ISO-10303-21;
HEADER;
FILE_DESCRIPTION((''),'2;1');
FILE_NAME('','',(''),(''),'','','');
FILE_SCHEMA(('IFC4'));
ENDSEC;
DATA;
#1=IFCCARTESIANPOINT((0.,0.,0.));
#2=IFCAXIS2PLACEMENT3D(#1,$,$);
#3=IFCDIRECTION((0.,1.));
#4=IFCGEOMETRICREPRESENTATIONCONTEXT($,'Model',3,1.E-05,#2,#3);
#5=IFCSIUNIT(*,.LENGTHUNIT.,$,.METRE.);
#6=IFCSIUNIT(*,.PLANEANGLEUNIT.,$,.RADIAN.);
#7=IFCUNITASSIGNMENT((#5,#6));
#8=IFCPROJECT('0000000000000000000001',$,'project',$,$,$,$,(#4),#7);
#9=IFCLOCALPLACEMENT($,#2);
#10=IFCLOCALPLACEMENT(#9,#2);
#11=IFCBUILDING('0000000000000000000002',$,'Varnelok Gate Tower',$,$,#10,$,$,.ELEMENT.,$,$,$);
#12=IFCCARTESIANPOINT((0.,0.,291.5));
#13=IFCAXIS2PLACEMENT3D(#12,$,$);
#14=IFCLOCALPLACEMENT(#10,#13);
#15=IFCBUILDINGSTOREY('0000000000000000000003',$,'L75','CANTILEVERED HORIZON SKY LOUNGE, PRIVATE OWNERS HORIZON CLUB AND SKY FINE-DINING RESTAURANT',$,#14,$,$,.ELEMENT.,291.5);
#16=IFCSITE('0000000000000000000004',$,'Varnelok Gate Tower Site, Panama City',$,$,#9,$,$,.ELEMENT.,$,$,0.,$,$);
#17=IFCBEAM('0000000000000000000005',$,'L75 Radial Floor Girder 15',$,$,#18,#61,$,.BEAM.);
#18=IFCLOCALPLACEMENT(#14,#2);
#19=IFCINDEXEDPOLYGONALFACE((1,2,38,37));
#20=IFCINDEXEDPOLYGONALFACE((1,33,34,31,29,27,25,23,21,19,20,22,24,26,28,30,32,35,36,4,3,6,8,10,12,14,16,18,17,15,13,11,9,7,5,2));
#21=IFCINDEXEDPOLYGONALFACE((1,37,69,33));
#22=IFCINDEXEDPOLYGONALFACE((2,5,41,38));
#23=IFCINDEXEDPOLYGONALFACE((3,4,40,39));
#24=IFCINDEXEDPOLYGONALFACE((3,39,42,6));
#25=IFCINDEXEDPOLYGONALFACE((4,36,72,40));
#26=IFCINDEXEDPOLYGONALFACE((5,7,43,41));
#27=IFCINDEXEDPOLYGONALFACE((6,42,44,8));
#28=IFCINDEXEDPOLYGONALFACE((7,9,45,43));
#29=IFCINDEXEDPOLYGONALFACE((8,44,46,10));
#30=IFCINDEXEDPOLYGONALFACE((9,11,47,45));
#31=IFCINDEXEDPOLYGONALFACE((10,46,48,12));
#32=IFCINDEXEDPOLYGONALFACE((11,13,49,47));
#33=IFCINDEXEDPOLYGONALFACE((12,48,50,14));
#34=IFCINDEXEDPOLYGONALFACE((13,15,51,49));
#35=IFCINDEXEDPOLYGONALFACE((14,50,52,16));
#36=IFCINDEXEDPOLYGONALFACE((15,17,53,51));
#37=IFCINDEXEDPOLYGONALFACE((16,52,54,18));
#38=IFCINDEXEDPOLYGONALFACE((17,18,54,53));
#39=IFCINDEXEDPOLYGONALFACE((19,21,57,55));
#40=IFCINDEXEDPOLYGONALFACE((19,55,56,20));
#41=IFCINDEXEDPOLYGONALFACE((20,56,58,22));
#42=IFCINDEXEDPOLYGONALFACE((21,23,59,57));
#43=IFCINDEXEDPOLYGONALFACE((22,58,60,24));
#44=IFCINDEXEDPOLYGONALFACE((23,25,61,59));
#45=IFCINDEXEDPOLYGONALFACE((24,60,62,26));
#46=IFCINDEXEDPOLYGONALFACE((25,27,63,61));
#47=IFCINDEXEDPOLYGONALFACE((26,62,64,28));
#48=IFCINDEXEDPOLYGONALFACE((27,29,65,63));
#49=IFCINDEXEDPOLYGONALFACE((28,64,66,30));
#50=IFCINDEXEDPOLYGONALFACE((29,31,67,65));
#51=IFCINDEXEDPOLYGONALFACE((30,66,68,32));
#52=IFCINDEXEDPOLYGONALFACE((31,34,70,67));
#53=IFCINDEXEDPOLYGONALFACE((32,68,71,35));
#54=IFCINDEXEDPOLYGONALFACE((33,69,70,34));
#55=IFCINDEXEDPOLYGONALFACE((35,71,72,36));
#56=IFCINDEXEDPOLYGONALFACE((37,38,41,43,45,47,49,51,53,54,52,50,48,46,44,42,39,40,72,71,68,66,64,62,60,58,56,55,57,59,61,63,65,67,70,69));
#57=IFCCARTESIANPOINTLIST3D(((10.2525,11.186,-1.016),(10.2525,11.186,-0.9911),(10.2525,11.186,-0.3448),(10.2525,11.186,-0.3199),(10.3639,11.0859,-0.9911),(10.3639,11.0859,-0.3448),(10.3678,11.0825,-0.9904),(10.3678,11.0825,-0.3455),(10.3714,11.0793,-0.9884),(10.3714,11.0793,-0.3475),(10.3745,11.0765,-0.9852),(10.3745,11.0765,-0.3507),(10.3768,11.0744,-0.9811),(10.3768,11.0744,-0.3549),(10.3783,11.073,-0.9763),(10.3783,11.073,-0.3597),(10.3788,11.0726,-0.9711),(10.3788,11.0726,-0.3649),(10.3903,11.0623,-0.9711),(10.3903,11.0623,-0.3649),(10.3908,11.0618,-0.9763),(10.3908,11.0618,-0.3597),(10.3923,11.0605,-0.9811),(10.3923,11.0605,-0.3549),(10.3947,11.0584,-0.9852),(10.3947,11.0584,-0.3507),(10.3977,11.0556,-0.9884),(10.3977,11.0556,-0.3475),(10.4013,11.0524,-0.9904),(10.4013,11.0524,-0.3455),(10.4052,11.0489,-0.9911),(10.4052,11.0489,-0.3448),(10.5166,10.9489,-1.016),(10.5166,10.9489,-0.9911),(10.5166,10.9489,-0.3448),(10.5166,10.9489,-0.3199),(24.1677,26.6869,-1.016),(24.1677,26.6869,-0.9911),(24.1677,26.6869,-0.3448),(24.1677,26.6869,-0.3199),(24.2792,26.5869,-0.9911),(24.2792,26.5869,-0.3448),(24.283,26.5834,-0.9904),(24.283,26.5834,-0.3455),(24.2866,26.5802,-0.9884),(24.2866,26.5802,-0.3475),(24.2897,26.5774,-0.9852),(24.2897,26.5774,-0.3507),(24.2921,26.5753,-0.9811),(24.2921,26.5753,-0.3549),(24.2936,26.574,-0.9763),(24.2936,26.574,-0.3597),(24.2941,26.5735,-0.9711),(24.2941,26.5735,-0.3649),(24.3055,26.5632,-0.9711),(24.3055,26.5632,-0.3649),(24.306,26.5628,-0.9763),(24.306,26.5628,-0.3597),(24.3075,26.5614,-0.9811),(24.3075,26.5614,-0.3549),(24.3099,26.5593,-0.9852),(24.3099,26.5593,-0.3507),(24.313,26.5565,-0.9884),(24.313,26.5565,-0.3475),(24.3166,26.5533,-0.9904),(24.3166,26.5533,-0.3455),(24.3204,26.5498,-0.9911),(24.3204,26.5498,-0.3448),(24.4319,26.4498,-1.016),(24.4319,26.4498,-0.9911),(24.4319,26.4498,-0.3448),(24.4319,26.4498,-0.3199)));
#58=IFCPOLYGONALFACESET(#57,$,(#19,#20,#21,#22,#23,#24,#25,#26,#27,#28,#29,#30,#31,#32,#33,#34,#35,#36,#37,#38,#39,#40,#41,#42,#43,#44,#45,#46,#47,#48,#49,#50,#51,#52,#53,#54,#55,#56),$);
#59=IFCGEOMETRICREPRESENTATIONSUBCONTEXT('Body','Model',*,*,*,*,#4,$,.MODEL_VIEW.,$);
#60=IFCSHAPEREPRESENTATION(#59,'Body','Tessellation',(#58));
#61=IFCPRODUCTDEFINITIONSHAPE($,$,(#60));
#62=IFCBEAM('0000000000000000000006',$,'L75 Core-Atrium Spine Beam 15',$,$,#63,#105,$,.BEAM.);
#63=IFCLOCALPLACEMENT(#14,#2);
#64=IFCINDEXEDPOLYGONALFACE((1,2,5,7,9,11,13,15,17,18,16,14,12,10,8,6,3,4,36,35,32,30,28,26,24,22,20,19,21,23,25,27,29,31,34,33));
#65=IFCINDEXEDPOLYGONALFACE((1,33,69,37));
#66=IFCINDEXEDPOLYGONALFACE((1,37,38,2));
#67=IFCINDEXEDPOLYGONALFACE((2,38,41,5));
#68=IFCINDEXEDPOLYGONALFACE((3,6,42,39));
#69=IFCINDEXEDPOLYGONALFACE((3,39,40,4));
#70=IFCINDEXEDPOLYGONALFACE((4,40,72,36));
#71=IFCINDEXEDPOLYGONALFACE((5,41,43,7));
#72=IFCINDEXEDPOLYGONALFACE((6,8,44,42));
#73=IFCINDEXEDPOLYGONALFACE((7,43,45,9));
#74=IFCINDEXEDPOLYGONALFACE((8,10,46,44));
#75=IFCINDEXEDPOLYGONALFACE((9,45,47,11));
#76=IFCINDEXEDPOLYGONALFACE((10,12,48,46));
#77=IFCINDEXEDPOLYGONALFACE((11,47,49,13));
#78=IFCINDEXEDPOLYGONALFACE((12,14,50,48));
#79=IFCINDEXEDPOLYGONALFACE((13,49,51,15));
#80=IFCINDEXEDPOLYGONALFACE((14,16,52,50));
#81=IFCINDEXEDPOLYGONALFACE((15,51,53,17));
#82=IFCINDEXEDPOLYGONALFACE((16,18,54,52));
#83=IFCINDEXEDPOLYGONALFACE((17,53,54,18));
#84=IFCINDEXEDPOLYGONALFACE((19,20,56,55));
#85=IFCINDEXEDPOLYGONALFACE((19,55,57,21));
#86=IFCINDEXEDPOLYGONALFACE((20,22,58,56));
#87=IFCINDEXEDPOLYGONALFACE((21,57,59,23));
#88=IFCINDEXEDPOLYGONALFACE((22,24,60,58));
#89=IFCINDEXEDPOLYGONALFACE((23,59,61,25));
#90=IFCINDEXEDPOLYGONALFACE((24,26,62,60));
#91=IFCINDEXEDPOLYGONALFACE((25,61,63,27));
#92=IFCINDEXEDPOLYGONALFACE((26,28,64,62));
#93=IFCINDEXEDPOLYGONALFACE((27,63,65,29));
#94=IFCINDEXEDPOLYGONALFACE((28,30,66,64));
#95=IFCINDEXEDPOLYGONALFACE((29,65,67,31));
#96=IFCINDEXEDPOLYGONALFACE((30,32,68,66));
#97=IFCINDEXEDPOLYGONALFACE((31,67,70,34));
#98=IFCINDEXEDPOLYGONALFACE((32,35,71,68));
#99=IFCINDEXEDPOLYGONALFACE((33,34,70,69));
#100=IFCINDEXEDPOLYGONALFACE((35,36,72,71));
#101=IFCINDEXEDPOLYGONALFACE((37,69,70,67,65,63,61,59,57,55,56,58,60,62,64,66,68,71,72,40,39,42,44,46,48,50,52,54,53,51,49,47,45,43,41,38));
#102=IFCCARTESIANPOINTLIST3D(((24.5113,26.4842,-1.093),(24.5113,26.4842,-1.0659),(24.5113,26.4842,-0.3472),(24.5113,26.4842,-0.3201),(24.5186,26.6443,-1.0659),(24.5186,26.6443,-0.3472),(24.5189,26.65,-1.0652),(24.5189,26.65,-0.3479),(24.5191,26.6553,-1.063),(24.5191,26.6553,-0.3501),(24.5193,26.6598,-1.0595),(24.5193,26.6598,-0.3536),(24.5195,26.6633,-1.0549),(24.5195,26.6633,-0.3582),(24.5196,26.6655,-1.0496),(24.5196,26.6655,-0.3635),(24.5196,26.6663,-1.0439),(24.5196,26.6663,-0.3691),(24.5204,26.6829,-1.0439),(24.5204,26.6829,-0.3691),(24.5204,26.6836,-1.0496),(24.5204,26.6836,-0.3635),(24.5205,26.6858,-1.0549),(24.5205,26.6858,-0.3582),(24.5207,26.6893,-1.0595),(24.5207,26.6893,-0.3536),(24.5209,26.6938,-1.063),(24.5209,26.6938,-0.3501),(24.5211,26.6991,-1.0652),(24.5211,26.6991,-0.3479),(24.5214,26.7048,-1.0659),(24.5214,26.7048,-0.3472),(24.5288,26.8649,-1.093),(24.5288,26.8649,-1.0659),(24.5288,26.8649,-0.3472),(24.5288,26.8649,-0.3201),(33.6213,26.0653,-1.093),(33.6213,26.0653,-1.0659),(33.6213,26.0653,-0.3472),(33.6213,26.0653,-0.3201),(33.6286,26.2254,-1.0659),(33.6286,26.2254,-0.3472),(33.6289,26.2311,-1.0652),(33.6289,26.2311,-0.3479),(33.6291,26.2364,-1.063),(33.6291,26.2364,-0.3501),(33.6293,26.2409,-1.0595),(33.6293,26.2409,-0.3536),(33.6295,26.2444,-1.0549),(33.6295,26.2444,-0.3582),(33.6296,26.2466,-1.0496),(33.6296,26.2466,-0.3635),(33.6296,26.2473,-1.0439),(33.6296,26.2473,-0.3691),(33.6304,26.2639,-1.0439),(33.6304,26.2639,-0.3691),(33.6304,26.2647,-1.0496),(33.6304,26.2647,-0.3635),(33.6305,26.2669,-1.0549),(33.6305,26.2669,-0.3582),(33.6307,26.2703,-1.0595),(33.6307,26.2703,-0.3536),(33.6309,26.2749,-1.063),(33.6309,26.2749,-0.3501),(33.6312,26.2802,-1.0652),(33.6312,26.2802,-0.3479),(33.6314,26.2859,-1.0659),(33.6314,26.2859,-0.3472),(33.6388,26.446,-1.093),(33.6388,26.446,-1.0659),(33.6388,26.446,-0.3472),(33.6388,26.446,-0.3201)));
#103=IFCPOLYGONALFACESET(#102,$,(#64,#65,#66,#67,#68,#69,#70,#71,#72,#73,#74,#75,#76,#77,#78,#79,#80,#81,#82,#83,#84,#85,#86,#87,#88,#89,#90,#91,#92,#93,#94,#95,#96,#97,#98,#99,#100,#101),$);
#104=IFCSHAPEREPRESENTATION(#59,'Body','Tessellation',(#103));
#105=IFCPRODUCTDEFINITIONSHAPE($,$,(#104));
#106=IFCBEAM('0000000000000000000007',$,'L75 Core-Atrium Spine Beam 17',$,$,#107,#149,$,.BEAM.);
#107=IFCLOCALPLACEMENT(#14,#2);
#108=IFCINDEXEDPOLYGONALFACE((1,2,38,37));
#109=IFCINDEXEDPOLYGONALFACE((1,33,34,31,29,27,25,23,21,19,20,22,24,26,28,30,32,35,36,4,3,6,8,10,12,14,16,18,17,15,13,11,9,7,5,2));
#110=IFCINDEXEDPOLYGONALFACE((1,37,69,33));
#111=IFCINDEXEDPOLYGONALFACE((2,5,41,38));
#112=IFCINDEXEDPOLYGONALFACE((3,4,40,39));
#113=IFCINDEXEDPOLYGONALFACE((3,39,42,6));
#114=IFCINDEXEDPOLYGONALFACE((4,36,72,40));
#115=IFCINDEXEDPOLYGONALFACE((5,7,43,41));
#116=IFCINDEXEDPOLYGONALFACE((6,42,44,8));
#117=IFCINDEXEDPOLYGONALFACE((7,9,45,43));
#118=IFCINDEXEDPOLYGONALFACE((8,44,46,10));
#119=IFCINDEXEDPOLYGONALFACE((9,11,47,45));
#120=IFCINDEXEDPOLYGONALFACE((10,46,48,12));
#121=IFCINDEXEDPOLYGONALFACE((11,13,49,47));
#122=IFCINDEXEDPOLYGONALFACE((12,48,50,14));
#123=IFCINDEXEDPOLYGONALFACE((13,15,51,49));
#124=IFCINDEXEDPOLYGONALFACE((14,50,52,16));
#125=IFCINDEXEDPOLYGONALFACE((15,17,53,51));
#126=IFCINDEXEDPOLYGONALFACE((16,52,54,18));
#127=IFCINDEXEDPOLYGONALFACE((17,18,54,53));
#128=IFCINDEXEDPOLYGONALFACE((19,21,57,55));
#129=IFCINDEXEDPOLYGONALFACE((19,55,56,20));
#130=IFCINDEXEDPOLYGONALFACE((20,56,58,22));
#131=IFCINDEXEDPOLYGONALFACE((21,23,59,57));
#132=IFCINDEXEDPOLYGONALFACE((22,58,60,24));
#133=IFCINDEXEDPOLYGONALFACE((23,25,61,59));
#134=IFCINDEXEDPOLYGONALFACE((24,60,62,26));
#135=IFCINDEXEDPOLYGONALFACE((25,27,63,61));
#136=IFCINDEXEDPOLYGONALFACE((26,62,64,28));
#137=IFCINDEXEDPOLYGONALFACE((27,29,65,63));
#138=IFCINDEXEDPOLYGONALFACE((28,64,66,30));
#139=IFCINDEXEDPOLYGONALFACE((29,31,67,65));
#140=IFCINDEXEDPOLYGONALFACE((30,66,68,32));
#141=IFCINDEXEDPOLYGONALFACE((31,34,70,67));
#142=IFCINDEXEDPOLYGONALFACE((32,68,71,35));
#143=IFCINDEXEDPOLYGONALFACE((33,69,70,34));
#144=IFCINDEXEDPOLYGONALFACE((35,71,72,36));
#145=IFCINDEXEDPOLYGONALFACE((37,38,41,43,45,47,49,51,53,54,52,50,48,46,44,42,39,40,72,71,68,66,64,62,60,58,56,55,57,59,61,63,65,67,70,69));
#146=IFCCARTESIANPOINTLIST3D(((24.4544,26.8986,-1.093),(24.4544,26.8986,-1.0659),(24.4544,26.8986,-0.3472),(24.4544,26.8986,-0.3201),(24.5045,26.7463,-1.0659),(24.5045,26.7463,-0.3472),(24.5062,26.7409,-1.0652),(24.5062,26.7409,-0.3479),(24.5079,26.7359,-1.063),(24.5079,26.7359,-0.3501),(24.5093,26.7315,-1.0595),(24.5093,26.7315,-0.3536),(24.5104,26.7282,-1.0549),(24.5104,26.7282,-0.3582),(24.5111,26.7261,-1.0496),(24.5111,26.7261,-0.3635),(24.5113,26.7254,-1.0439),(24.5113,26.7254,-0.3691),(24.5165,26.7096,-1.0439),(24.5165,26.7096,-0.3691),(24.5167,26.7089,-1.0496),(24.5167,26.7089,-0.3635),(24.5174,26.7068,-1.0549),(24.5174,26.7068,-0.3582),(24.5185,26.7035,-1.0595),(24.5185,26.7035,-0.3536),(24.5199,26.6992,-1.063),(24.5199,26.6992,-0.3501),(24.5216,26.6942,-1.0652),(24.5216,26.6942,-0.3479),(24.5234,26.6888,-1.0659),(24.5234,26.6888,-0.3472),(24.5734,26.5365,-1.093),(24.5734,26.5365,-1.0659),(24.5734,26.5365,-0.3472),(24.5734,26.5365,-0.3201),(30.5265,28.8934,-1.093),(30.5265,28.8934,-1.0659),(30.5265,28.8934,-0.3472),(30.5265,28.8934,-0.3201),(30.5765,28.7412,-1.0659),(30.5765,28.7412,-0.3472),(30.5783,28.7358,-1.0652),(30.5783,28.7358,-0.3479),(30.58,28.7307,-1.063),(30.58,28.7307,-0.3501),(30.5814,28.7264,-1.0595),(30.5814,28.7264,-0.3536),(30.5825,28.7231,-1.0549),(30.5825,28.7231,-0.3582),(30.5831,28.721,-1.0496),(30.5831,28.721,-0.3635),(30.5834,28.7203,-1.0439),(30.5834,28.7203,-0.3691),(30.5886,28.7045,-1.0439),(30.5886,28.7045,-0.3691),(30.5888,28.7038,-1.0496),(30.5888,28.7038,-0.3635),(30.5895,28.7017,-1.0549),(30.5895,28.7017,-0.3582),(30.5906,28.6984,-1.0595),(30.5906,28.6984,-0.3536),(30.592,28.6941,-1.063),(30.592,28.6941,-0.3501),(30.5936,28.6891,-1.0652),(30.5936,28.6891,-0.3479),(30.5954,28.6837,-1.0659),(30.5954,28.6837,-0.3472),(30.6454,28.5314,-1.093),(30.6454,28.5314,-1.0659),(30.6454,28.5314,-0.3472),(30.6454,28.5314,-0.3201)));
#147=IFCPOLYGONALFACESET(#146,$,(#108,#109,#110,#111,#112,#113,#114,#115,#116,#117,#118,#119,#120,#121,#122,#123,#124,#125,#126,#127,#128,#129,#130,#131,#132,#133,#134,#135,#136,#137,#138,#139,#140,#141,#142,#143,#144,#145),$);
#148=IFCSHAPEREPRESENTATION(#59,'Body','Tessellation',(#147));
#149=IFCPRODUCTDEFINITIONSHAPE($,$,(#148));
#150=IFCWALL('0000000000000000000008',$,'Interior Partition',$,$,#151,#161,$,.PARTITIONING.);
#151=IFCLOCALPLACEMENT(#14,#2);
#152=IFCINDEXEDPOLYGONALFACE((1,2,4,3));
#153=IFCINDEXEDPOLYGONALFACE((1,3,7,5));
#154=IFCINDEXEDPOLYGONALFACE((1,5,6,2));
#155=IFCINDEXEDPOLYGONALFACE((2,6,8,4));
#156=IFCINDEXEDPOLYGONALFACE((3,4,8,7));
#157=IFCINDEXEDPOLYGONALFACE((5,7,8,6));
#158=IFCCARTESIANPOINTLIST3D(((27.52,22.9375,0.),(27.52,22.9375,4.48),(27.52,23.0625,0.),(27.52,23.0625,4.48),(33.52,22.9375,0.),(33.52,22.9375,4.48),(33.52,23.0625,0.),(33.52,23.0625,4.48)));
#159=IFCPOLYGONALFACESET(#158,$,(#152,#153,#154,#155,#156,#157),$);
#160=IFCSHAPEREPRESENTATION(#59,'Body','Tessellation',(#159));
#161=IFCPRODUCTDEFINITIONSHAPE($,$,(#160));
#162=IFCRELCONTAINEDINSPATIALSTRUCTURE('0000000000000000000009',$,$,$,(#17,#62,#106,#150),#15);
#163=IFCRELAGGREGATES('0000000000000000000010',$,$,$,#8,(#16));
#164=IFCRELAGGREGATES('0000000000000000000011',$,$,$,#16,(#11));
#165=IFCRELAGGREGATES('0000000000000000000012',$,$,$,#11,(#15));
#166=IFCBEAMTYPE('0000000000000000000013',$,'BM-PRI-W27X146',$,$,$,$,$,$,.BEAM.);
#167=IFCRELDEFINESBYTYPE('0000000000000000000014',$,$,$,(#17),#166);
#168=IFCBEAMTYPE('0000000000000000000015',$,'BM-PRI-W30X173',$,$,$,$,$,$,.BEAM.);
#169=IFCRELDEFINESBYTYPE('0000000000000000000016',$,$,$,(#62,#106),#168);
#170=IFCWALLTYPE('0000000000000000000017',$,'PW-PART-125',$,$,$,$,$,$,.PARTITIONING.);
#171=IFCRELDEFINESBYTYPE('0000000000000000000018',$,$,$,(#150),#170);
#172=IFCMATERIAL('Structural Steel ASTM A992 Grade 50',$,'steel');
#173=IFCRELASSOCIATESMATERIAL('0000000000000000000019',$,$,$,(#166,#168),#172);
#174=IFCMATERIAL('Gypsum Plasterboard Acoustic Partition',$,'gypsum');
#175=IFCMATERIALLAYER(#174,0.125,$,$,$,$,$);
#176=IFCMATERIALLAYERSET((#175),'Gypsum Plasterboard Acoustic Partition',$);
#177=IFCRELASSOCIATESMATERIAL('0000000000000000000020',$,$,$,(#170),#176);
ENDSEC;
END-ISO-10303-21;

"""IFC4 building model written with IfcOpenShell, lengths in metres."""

from ifc_helpers import new_model, si_unit, direction, frame, frame_2d, origin, origin_2d, place, context, subcontext, project, spatial, rectangle, i_section, extrude, material, layer, layer_set, material_profile, profile_set, type_object, element, save


model = new_model("IFC4")

# Units and contexts
model_context = context("Model", 3, precision=1e-05, world=origin(), true_north=direction((0.0, 1.0)))
body_context = subcontext(model_context, "Body", "Model", "MODEL_VIEW")
ifc_project = project(units=[si_unit("LENGTHUNIT", "METRE"), si_unit("PLANEANGLEUNIT", "RADIAN")], contexts=[model_context])

# Site, building, storey
site_placement = place(None, origin())
site = spatial("IfcSite", under=ifc_project, at=site_placement, Name="Varnelok Gate Tower Site, Panama City", CompositionType="ELEMENT", RefElevation=0.0)
building_placement = place(site_placement, origin())
building = spatial("IfcBuilding", under=site, at=building_placement, Name="Varnelok Gate Tower", CompositionType="ELEMENT")
storey_placement = place(building_placement, frame((0.0, 0.0, 291.5)))
storey = spatial("IfcBuildingStorey", under=building, at=storey_placement, Name="L75", Description="CANTILEVERED HORIZON SKY LOUNGE, PRIVATE OWNERS HORIZON CLUB AND SKY FINE-DINING RESTAURANT", CompositionType="ELEMENT", Elevation=291.5)

# Shared definitions
ifc_material_1 = material(Name="Structural Steel ASTM A992 Grade 50", Category="steel")

# Beams
ifc_material_profile_1 = material_profile(ifc_material_1, i_section(OverallWidth=0.355, OverallDepth=0.696, WebThickness=0.0154, FlangeThickness=0.0249, FilletRadius=0.02, at=origin_2d()), Name="W27X146")
ifc_profile_set_1 = profile_set([ifc_material_profile_1], Name="Structural Steel ASTM A992 Grade 50")
beam_type_1 = type_object("IfcBeamType", Name="BM-PRI-W27X146", PredefinedType="BEAM", material=ifc_profile_set_1)
beam_1_placement = place(storey_placement, frame((24.2998, 26.5684, -0.668), z_axis=(-0.66802, -0.744143, 0.0), x_axis=(0.744143, -0.66802, 0.0)))
element("IfcBeam", 1, at=beam_1_placement, inside=storey, type_object=beam_type_1, Name="L75 Radial Floor Girder 15", PredefinedType="BEAM", context=body_context, shape_type="SweptSolid", body=[
    extrude(i_section(OverallWidth=0.355, OverallDepth=0.696, WebThickness=0.0154, FlangeThickness=0.0249, FilletRadius=0.02, at=origin_2d()), origin(), (0.0, 0.0, 1.0), 20.8306),
])
ifc_material_profile_2 = material_profile(ifc_material_1, i_section(OverallWidth=0.3811, OverallDepth=0.7729, WebThickness=0.0166, FlangeThickness=0.0271, FilletRadius=0.022, at=origin_2d()), Name="W30X173")
ifc_profile_set_2 = profile_set([ifc_material_profile_2], Name="Structural Steel ASTM A992 Grade 50")
beam_type_2 = type_object("IfcBeamType", Name="BM-PRI-W30X173", PredefinedType="BEAM", material=ifc_profile_set_2)
beam_2_placement = place(storey_placement, frame((24.52, 26.6746, -0.7065), z_axis=(0.998944, -0.045938, 0.0), x_axis=(0.045938, 0.998944, 0.0)))
element("IfcBeam", 2, at=beam_2_placement, inside=storey, type_object=beam_type_2, Name="L75 Core-Atrium Spine Beam 15", PredefinedType="BEAM", context=body_context, shape_type="SweptSolid", body=[
    extrude(i_section(OverallWidth=0.3811, OverallDepth=0.7729, WebThickness=0.0166, FlangeThickness=0.0271, FilletRadius=0.022, at=origin_2d()), origin(), (0.0, 0.0, 1.0), 9.1196),
])
beam_3_placement = place(storey_placement, frame((24.5139, 26.7175, -0.7065), z_axis=(0.950042, 0.312122, 0.0), x_axis=(-0.312122, 0.950042, 0.0)))
element("IfcBeam", 3, at=beam_3_placement, inside=storey, type_object=beam_type_2, Name="L75 Core-Atrium Spine Beam 17", PredefinedType="BEAM", context=body_context, shape_type="SweptSolid", body=[
    extrude(i_section(OverallWidth=0.3811, OverallDepth=0.7729, WebThickness=0.0166, FlangeThickness=0.0271, FilletRadius=0.022, at=origin_2d()), origin(), (0.0, 0.0, 1.0), 6.3914),
])

# Wall
ifc_material_2 = material(Name="Gypsum Plasterboard Acoustic Partition", Category="gypsum")
ifc_layer_1 = layer(ifc_material_2, 0.125)
ifc_layer_set_1 = layer_set([ifc_layer_1], Name="Gypsum Plasterboard Acoustic Partition")
wall_type_1 = type_object("IfcWallType", Name="PW-PART-125", PredefinedType="PARTITIONING", material=ifc_layer_set_1)
wall_1_placement = place(storey_placement, frame((27.52, 23.0, 0.0), z_axis=(0.0, 0.0, 1.0), x_axis=(1.0, 0.0, 0.0)))
element("IfcWall", 4, at=wall_1_placement, inside=storey, type_object=wall_type_1, Name="Interior Partition", PredefinedType="PARTITIONING", context=body_context, shape_type="SweptSolid", body=[
    extrude(rectangle(XDim=6.0, YDim=0.125, at=frame_2d((3.0, 0.0))), origin(), (0.0, 0.0, 1.0), 4.48),
])

save(model, "model.ifc")
